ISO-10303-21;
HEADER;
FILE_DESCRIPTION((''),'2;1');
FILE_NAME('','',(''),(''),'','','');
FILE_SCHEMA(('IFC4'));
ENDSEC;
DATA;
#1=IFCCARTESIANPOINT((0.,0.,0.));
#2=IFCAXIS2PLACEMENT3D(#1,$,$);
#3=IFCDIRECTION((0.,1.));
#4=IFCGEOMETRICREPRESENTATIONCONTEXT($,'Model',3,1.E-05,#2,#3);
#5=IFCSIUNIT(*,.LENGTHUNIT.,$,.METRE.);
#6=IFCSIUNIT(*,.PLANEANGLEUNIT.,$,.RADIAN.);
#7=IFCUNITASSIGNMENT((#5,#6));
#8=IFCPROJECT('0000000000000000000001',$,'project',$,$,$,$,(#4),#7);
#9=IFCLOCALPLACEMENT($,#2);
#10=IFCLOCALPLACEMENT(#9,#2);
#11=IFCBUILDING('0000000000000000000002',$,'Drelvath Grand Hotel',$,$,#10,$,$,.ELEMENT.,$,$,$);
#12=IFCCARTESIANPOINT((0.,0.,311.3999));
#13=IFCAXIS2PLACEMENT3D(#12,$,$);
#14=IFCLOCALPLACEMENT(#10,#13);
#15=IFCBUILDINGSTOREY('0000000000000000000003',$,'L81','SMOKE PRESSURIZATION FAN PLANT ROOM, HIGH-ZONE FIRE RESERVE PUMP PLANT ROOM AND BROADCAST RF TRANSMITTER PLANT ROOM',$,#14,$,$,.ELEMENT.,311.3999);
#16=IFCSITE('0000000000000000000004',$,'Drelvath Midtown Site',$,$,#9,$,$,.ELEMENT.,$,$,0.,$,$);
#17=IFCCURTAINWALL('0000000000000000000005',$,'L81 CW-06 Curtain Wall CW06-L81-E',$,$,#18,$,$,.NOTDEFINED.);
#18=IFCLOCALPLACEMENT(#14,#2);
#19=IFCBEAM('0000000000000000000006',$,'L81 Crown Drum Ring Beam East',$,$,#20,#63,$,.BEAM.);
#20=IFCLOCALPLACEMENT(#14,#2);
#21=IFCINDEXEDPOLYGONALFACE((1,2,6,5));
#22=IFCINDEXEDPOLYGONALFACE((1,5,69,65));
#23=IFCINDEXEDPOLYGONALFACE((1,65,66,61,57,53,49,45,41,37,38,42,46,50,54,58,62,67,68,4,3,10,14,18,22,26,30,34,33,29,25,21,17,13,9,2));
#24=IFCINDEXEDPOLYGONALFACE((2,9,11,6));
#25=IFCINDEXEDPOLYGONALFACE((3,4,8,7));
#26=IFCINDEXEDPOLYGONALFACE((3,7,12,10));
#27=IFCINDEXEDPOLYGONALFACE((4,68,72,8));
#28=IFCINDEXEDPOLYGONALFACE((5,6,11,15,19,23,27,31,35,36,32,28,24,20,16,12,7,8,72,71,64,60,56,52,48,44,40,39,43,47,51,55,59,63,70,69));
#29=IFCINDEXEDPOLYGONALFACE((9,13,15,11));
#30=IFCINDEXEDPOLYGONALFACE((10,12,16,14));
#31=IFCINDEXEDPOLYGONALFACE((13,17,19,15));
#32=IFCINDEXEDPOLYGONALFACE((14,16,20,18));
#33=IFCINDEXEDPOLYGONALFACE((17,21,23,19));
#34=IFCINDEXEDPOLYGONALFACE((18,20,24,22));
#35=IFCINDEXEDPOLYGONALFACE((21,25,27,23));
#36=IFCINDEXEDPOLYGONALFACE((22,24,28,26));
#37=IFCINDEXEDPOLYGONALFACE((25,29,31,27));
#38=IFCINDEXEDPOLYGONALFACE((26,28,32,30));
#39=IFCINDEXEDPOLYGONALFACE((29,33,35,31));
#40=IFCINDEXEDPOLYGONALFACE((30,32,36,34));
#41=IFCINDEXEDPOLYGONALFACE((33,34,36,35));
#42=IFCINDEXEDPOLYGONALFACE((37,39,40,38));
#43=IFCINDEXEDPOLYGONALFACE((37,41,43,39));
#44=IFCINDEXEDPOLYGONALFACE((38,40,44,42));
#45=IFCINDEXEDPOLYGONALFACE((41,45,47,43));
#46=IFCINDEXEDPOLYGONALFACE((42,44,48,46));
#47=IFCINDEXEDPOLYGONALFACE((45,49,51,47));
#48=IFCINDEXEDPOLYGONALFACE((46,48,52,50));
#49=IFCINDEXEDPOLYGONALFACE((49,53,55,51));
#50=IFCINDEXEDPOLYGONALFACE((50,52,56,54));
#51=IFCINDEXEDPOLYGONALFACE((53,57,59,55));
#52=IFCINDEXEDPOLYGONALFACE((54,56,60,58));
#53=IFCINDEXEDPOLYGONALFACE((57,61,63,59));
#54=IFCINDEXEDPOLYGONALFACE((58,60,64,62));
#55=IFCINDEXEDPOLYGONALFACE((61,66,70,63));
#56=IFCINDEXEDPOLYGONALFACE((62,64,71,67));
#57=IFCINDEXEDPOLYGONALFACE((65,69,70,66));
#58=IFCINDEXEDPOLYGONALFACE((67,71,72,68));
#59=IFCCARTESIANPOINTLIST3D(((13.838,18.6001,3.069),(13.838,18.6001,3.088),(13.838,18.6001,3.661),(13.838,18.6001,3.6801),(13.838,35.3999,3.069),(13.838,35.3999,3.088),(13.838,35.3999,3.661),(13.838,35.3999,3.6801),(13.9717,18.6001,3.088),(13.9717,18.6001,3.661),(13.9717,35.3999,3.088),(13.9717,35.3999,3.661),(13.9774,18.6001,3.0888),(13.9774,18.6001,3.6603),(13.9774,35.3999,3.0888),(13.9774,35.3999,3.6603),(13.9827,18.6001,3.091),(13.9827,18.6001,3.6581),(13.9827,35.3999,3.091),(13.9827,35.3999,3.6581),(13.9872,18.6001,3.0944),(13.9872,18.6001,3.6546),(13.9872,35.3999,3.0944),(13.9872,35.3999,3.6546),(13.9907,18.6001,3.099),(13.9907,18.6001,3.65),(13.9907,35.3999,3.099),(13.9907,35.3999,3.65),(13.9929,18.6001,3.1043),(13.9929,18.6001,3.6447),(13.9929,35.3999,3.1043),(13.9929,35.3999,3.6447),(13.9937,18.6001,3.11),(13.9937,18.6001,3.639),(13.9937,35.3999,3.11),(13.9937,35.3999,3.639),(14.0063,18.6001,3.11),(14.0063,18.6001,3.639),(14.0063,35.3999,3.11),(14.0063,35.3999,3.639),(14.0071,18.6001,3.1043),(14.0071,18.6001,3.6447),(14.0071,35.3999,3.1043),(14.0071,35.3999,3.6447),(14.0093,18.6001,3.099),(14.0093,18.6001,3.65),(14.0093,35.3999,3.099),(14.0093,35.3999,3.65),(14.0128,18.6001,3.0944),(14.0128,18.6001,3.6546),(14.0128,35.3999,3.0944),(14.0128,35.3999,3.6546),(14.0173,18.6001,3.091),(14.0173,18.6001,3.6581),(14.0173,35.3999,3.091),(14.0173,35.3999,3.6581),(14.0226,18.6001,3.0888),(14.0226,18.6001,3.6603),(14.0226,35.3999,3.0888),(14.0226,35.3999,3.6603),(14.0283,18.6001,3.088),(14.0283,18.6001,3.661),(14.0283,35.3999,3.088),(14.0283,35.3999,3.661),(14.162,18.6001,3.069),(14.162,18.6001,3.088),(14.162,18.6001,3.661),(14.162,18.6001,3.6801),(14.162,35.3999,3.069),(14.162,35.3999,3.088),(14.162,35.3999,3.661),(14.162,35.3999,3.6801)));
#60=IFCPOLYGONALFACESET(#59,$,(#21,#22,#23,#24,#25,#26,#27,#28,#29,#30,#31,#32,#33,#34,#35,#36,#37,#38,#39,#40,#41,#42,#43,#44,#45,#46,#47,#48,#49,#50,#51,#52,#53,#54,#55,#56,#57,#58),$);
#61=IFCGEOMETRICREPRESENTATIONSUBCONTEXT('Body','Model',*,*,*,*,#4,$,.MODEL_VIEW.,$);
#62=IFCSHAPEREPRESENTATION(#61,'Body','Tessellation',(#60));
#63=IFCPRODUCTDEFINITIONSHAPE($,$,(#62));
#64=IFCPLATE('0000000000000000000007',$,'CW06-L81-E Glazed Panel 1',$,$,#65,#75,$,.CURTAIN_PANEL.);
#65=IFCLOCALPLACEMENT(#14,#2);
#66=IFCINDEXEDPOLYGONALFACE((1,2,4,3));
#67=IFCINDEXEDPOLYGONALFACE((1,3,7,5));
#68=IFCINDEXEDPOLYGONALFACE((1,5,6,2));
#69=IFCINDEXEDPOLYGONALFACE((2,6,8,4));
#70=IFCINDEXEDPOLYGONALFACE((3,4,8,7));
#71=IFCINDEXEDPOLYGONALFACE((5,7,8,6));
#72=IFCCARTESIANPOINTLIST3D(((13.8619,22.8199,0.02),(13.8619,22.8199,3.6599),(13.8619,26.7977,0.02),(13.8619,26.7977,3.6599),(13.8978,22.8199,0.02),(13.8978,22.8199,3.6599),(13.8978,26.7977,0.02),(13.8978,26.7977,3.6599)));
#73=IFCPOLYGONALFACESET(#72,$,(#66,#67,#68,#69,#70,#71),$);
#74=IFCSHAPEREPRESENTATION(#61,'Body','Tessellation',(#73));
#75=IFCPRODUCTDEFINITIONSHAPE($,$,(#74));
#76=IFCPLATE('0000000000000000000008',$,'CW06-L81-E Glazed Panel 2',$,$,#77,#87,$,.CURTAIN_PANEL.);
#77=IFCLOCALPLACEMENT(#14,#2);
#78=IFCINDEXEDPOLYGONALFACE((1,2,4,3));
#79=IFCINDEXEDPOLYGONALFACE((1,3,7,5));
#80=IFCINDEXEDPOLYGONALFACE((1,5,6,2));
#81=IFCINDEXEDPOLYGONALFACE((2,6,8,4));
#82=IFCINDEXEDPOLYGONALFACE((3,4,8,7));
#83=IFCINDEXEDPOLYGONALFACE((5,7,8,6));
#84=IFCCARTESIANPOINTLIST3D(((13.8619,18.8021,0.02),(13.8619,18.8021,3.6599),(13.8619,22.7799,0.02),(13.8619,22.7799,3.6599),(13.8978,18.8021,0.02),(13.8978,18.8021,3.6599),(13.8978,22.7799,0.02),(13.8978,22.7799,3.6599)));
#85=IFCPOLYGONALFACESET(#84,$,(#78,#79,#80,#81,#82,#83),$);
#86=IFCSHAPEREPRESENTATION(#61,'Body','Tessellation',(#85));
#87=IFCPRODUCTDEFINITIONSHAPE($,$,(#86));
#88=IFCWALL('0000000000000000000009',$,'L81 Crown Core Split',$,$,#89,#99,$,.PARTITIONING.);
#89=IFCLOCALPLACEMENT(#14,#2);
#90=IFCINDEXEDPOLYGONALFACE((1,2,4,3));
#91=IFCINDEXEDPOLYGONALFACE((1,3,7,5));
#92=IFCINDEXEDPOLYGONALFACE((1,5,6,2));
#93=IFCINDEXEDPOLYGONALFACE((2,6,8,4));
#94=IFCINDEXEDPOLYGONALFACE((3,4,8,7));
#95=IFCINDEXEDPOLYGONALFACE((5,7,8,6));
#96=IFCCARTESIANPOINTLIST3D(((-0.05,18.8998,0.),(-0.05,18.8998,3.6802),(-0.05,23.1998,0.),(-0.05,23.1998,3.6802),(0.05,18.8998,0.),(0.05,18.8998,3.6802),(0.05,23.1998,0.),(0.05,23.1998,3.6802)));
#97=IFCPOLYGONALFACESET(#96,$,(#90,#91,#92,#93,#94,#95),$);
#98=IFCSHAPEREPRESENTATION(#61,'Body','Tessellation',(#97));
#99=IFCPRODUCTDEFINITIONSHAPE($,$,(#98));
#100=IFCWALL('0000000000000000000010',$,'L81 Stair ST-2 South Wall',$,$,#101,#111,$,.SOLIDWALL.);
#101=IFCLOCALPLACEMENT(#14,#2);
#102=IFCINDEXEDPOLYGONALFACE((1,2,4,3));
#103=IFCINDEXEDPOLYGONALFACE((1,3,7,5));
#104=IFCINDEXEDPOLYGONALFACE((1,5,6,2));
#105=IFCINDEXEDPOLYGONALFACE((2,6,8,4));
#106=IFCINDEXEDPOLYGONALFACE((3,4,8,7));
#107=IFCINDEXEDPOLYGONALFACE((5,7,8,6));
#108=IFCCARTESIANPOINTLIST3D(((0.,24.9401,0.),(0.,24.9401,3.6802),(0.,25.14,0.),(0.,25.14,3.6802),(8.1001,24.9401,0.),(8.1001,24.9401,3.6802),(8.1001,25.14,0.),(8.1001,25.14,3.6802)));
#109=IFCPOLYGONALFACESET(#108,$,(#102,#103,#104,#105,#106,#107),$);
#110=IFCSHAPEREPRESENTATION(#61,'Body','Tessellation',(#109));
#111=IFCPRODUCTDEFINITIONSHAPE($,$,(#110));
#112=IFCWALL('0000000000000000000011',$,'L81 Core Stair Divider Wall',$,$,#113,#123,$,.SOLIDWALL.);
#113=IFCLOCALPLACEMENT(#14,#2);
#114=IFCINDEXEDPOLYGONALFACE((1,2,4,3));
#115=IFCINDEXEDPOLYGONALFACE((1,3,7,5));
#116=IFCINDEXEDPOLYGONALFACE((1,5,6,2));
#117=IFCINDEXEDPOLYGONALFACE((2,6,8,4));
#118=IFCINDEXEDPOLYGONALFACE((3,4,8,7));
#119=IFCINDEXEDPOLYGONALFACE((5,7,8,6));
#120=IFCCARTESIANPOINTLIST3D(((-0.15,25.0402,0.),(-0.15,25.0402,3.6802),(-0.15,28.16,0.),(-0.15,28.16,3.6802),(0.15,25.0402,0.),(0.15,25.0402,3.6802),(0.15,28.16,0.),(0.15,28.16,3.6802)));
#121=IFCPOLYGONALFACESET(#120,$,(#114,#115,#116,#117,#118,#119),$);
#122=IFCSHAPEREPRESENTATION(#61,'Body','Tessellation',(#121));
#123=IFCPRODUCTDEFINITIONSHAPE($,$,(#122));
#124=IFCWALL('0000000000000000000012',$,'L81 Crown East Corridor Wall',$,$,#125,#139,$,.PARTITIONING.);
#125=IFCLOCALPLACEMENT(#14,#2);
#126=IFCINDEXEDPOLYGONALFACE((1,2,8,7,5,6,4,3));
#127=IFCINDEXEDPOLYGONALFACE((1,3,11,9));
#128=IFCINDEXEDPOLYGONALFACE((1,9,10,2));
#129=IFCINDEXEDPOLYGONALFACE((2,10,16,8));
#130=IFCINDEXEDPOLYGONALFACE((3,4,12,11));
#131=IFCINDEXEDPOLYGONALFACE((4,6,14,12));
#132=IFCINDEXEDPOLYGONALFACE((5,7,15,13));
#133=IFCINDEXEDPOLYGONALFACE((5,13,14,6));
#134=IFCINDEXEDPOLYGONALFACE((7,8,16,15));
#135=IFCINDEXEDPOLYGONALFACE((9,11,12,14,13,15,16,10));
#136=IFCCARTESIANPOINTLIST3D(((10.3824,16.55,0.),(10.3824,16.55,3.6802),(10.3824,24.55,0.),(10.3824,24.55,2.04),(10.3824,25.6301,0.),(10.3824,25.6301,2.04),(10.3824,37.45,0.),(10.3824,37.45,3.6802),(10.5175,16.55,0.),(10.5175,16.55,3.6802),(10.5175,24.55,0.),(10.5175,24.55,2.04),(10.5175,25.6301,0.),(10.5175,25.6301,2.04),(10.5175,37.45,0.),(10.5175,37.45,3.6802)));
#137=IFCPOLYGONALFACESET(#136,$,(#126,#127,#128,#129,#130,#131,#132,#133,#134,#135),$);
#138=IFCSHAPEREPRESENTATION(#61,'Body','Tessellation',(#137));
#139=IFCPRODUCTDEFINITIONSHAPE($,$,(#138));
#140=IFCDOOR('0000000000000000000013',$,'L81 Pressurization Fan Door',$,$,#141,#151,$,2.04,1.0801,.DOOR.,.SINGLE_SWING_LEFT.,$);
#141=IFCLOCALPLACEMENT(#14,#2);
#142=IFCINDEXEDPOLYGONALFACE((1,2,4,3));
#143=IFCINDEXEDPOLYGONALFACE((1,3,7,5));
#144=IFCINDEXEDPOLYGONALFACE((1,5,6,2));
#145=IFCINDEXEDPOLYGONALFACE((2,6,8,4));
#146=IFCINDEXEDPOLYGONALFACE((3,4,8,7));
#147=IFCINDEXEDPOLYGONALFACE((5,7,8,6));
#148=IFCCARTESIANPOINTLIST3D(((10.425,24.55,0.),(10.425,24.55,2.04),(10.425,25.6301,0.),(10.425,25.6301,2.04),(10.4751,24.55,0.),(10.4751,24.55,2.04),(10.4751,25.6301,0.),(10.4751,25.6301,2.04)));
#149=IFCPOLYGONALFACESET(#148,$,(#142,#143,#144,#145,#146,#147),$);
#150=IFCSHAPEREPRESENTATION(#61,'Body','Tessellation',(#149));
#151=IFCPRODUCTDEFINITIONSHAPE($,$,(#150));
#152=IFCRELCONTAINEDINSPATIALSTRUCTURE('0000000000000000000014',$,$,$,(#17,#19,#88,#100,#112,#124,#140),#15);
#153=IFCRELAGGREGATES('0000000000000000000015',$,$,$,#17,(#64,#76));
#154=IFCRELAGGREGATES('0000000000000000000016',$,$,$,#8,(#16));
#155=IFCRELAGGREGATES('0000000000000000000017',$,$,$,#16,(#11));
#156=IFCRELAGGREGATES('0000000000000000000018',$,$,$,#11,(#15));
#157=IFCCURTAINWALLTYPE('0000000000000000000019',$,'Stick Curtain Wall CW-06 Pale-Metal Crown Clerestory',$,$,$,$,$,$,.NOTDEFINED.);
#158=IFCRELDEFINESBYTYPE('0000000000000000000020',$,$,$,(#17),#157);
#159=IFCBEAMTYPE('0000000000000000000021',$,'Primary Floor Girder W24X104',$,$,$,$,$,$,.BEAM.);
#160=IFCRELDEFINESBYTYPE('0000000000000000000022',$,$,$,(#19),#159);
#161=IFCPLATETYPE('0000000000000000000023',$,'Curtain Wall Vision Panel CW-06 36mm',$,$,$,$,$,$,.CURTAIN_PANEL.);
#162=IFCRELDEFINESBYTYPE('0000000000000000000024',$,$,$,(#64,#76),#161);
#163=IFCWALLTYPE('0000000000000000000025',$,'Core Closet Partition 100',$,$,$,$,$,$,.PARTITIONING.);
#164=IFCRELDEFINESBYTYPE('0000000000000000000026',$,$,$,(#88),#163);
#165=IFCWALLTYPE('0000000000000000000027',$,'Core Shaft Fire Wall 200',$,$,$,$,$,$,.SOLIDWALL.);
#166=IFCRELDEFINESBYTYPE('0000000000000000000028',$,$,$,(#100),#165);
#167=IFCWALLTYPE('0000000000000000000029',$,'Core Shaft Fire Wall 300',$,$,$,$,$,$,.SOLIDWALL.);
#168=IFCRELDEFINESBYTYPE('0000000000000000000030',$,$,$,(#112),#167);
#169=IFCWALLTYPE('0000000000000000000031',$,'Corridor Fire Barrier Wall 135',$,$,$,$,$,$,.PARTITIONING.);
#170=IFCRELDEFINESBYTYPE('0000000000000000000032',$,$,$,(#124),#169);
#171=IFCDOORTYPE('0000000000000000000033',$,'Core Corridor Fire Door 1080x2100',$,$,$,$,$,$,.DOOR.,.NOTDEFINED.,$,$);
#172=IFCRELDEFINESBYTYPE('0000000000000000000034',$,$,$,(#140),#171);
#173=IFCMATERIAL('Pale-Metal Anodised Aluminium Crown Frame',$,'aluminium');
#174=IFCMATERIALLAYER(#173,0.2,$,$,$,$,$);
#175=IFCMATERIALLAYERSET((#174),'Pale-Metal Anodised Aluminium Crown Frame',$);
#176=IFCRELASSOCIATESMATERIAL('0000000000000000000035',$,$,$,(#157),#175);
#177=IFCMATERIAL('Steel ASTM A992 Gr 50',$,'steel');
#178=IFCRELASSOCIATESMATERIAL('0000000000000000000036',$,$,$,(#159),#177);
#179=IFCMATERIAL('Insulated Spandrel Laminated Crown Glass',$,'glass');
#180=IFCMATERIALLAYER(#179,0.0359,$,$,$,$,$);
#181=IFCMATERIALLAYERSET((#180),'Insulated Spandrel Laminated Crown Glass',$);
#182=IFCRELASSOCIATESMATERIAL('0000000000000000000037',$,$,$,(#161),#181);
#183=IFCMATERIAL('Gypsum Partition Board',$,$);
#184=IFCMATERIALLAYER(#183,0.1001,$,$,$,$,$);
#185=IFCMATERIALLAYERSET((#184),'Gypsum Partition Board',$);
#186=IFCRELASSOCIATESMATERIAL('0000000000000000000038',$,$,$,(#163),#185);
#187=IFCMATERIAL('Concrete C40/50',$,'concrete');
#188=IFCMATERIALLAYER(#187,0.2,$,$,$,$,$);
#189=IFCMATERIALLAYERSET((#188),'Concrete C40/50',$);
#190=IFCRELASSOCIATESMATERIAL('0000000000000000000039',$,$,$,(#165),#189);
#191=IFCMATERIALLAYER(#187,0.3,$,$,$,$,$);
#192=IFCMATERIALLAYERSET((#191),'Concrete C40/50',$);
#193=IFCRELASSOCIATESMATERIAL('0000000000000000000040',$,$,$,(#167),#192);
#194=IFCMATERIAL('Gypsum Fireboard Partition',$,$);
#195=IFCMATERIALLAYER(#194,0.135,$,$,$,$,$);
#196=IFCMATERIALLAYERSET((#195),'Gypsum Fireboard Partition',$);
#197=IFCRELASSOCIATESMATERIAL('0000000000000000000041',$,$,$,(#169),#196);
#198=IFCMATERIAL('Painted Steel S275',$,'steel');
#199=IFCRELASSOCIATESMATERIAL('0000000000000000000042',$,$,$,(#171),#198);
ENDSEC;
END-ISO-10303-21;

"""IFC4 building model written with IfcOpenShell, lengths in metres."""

from ifc_helpers import new_model, si_unit, direction, frame, frame_2d, origin, origin_2d, place, context, subcontext, project, spatial, rectangle, i_section, extrude, material, layer, layer_set, material_profile, profile_set, type_object, element, fill, aggregate, save


model = new_model("IFC4")

# Units and contexts
model_context = context("Model", 3, precision=1e-05, world=origin(), true_north=direction((0.0, 1.0)))
body_context = subcontext(model_context, "Body", "Model", "MODEL_VIEW")
ifc_project = project(units=[si_unit("LENGTHUNIT", "METRE"), si_unit("PLANEANGLEUNIT", "RADIAN")], contexts=[model_context])

# Site, building, storey
site_placement = place(None, origin())
site = spatial("IfcSite", under=ifc_project, at=site_placement, Name="Drelvath Midtown Site", CompositionType="ELEMENT", RefElevation=0.0)
building_placement = place(site_placement, origin())
building = spatial("IfcBuilding", under=site, at=building_placement, Name="Drelvath Grand Hotel", CompositionType="ELEMENT")
storey_placement = place(building_placement, frame((0.0, 0.0, 311.3999)))
storey = spatial("IfcBuildingStorey", under=building, at=storey_placement, Name="L81", Description="SMOKE PRESSURIZATION FAN PLANT ROOM, HIGH-ZONE FIRE RESERVE PUMP PLANT ROOM AND BROADCAST RF TRANSMITTER PLANT ROOM", CompositionType="ELEMENT", Elevation=311.3999)

# Curtain wall
ifc_material_1 = material(Name="Pale-Metal Anodised Aluminium Crown Frame", Category="aluminium")
ifc_layer_1 = layer(ifc_material_1, 0.2)
ifc_layer_set_1 = layer_set([ifc_layer_1], Name="Pale-Metal Anodised Aluminium Crown Frame")
curtain_wall_type = type_object("IfcCurtainWallType", Name="Stick Curtain Wall CW-06 Pale-Metal Crown Clerestory", PredefinedType="NOTDEFINED", material=ifc_layer_set_1)
curtain_wall_placement = place(storey_placement, origin())
curtain_wall = element("IfcCurtainWall", 1, at=curtain_wall_placement, inside=storey, type_object=curtain_wall_type, Name="L81 CW-06 Curtain Wall CW06-L81-E", PredefinedType="NOTDEFINED")

# Beam
ifc_material_2 = material(Name="Steel ASTM A992 Gr 50", Category="steel")
ifc_material_profile_1 = material_profile(ifc_material_2, i_section(OverallWidth=0.324, OverallDepth=0.6111, WebThickness=0.0127, FlangeThickness=0.019, FilletRadius=0.022, at=origin_2d()), Name="W24X104")
ifc_profile_set_1 = profile_set([ifc_material_profile_1], Name="Steel ASTM A992 Gr 50")
beam_type_1 = type_object("IfcBeamType", Name="Primary Floor Girder W24X104", PredefinedType="BEAM", material=ifc_profile_set_1)
beam_1_placement = place(storey_placement, frame((14.0, 18.6001, 3.3745), z_axis=(0.0, 1.0, 0.0), x_axis=(-1.0, 0.0, 0.0)))
element("IfcBeam", 2, at=beam_1_placement, inside=storey, type_object=beam_type_1, Name="L81 Crown Drum Ring Beam East", PredefinedType="BEAM", context=body_context, shape_type="SweptSolid", body=[
    extrude(i_section(OverallWidth=0.324, OverallDepth=0.6111, WebThickness=0.0127, FlangeThickness=0.019, FilletRadius=0.022, at=origin_2d()), origin(), (0.0, 0.0, 1.0), 16.7998),
])

# Plates
ifc_material_3 = material(Name="Insulated Spandrel Laminated Crown Glass", Category="glass")
ifc_layer_2 = layer(ifc_material_3, 0.0359)
ifc_layer_set_2 = layer_set([ifc_layer_2], Name="Insulated Spandrel Laminated Crown Glass")
plate_type = type_object("IfcPlateType", Name="Curtain Wall Vision Panel CW-06 36mm", PredefinedType="CURTAIN_PANEL", material=ifc_layer_set_2)
plate_1_placement = place(storey_placement, frame((13.8799, 24.8088, 0.02), z_axis=(0.0, 0.0, 1.0), x_axis=(0.0, -1.0, 0.0)))
plate_1 = element("IfcPlate", 3, at=plate_1_placement, type_object=plate_type, Name="CW06-L81-E Glazed Panel 1", PredefinedType="CURTAIN_PANEL", context=body_context, shape_type="SweptSolid", body=[
    extrude(rectangle(XDim=3.9778, YDim=0.0359, at=origin_2d()), origin(), (0.0, 0.0, 1.0), 3.6399),
])
plate_2_placement = place(storey_placement, frame((13.8799, 20.791, 0.02), z_axis=(0.0, 0.0, 1.0), x_axis=(0.0, -1.0, 0.0)))
plate_2 = element("IfcPlate", 4, at=plate_2_placement, type_object=plate_type, Name="CW06-L81-E Glazed Panel 2", PredefinedType="CURTAIN_PANEL", context=body_context, shape_type="SweptSolid", body=[
    extrude(rectangle(XDim=3.9778, YDim=0.0359, at=origin_2d()), origin(), (0.0, 0.0, 1.0), 3.6399),
])
aggregate(curtain_wall, [plate_1, plate_2])

# Walls
ifc_material_4 = material(Name="Gypsum Partition Board")
ifc_layer_3 = layer(ifc_material_4, 0.1001)
ifc_layer_set_3 = layer_set([ifc_layer_3], Name="Gypsum Partition Board")
wall_type_1 = type_object("IfcWallType", Name="Core Closet Partition 100", PredefinedType="PARTITIONING", material=ifc_layer_set_3)
wall_1_placement = place(storey_placement, frame((0.0, 18.8999, 0.0), z_axis=(0.0, 0.0, 1.0), x_axis=(0.0, 1.0, 0.0)))
element("IfcWall", 5, at=wall_1_placement, inside=storey, type_object=wall_type_1, Name="L81 Crown Core Split", PredefinedType="PARTITIONING", context=body_context, shape_type="SweptSolid", body=[
    extrude(rectangle(XDim=4.3, YDim=0.1001, at=frame_2d((2.1499, 0.0))), origin(), (0.0, 0.0, 1.0), 3.6802),
])
ifc_material_5 = material(Name="Concrete C40/50", Category="concrete")
ifc_layer_4 = layer(ifc_material_5, 0.2)
ifc_layer_set_4 = layer_set([ifc_layer_4], Name="Concrete C40/50")
wall_type_2 = type_object("IfcWallType", Name="Core Shaft Fire Wall 200", PredefinedType="SOLIDWALL", material=ifc_layer_set_4)
wall_2_placement = place(storey_placement, frame((0.0, 25.04, 0.0), z_axis=(0.0, 0.0, 1.0), x_axis=(1.0, 0.0, 0.0)))
element("IfcWall", 6, at=wall_2_placement, inside=storey, type_object=wall_type_2, Name="L81 Stair ST-2 South Wall", PredefinedType="SOLIDWALL", context=body_context, shape_type="SweptSolid", body=[
    extrude(rectangle(XDim=8.1001, YDim=0.2, at=frame_2d((4.05, 0.0))), origin(), (0.0, 0.0, 1.0), 3.6802),
])
ifc_layer_5 = layer(ifc_material_5, 0.3)
ifc_layer_set_5 = layer_set([ifc_layer_5], Name="Concrete C40/50")
wall_type_3 = type_object("IfcWallType", Name="Core Shaft Fire Wall 300", PredefinedType="SOLIDWALL", material=ifc_layer_set_5)
wall_3_placement = place(storey_placement, frame((0.0, 25.04, 0.0), z_axis=(0.0, 0.0, 1.0), x_axis=(0.0, 1.0, 0.0)))
element("IfcWall", 7, at=wall_3_placement, inside=storey, type_object=wall_type_3, Name="L81 Core Stair Divider Wall", PredefinedType="SOLIDWALL", context=body_context, shape_type="SweptSolid", body=[
    extrude(rectangle(XDim=3.1199, YDim=0.3, at=frame_2d((1.5601, 0.0))), origin(), (0.0, 0.0, 1.0), 3.6802),
])

# Wall, opening, door
ifc_material_6 = material(Name="Gypsum Fireboard Partition")
ifc_layer_6 = layer(ifc_material_6, 0.135)
ifc_layer_set_6 = layer_set([ifc_layer_6], Name="Gypsum Fireboard Partition")
wall_type_4 = type_object("IfcWallType", Name="Corridor Fire Barrier Wall 135", PredefinedType="PARTITIONING", material=ifc_layer_set_6)
wall_4_placement = place(storey_placement, frame((10.45, 16.55, 0.0), z_axis=(0.0, 0.0, 1.0), x_axis=(0.0, 1.0, 0.0)))
wall_4 = element("IfcWall", 8, at=wall_4_placement, inside=storey, type_object=wall_type_4, Name="L81 Crown East Corridor Wall", PredefinedType="PARTITIONING", context=body_context, shape_type="SweptSolid", body=[
    extrude(rectangle(XDim=20.8999, YDim=0.135, at=frame_2d((10.45, 0.0))), origin(), (0.0, 0.0, 1.0), 3.6802),
])
opening_1_placement = place(wall_4_placement, frame((8.0, 0.0, 0.0)))
opening_1 = element("IfcOpeningElement", 9, at=opening_1_placement, cuts=wall_4, PredefinedType="OPENING", context=body_context, shape_type="SweptSolid", body=[
    extrude(rectangle(XDim=1.0801, YDim=2.04, at=frame_2d((0.54, 1.02))), frame((0.0, 0.0774, 0.0), z_axis=(0.0, -1.0, 0.0), x_axis=(1.0, 0.0, 0.0)), (0.0, 0.0, 1.0), 0.155),
])
ifc_material_7 = material(Name="Painted Steel S275", Category="steel")
door_type_1 = type_object("IfcDoorType", Name="Core Corridor Fire Door 1080x2100", OperationType="NOTDEFINED", PredefinedType="DOOR", material=ifc_material_7)
door_1_placement = place(opening_1_placement, origin())
door_1 = element("IfcDoor", 10, at=door_1_placement, inside=storey, type_object=door_type_1, Name="L81 Pressurization Fan Door", OperationType="SINGLE_SWING_LEFT", OverallHeight=2.04, OverallWidth=1.0801, PredefinedType="DOOR", context=body_context, shape_type="SweptSolid", body=[
    extrude(rectangle(XDim=1.0801, YDim=2.04, at=frame_2d((0.54, 1.02))), frame((0.0, 0.0249, 0.0), z_axis=(0.0, -1.0, 0.0), x_axis=(1.0, 0.0, 0.0)), (0.0, 0.0, 1.0), 0.05),
])
fill(opening_1, door_1)

save(model, "model.ifc")
